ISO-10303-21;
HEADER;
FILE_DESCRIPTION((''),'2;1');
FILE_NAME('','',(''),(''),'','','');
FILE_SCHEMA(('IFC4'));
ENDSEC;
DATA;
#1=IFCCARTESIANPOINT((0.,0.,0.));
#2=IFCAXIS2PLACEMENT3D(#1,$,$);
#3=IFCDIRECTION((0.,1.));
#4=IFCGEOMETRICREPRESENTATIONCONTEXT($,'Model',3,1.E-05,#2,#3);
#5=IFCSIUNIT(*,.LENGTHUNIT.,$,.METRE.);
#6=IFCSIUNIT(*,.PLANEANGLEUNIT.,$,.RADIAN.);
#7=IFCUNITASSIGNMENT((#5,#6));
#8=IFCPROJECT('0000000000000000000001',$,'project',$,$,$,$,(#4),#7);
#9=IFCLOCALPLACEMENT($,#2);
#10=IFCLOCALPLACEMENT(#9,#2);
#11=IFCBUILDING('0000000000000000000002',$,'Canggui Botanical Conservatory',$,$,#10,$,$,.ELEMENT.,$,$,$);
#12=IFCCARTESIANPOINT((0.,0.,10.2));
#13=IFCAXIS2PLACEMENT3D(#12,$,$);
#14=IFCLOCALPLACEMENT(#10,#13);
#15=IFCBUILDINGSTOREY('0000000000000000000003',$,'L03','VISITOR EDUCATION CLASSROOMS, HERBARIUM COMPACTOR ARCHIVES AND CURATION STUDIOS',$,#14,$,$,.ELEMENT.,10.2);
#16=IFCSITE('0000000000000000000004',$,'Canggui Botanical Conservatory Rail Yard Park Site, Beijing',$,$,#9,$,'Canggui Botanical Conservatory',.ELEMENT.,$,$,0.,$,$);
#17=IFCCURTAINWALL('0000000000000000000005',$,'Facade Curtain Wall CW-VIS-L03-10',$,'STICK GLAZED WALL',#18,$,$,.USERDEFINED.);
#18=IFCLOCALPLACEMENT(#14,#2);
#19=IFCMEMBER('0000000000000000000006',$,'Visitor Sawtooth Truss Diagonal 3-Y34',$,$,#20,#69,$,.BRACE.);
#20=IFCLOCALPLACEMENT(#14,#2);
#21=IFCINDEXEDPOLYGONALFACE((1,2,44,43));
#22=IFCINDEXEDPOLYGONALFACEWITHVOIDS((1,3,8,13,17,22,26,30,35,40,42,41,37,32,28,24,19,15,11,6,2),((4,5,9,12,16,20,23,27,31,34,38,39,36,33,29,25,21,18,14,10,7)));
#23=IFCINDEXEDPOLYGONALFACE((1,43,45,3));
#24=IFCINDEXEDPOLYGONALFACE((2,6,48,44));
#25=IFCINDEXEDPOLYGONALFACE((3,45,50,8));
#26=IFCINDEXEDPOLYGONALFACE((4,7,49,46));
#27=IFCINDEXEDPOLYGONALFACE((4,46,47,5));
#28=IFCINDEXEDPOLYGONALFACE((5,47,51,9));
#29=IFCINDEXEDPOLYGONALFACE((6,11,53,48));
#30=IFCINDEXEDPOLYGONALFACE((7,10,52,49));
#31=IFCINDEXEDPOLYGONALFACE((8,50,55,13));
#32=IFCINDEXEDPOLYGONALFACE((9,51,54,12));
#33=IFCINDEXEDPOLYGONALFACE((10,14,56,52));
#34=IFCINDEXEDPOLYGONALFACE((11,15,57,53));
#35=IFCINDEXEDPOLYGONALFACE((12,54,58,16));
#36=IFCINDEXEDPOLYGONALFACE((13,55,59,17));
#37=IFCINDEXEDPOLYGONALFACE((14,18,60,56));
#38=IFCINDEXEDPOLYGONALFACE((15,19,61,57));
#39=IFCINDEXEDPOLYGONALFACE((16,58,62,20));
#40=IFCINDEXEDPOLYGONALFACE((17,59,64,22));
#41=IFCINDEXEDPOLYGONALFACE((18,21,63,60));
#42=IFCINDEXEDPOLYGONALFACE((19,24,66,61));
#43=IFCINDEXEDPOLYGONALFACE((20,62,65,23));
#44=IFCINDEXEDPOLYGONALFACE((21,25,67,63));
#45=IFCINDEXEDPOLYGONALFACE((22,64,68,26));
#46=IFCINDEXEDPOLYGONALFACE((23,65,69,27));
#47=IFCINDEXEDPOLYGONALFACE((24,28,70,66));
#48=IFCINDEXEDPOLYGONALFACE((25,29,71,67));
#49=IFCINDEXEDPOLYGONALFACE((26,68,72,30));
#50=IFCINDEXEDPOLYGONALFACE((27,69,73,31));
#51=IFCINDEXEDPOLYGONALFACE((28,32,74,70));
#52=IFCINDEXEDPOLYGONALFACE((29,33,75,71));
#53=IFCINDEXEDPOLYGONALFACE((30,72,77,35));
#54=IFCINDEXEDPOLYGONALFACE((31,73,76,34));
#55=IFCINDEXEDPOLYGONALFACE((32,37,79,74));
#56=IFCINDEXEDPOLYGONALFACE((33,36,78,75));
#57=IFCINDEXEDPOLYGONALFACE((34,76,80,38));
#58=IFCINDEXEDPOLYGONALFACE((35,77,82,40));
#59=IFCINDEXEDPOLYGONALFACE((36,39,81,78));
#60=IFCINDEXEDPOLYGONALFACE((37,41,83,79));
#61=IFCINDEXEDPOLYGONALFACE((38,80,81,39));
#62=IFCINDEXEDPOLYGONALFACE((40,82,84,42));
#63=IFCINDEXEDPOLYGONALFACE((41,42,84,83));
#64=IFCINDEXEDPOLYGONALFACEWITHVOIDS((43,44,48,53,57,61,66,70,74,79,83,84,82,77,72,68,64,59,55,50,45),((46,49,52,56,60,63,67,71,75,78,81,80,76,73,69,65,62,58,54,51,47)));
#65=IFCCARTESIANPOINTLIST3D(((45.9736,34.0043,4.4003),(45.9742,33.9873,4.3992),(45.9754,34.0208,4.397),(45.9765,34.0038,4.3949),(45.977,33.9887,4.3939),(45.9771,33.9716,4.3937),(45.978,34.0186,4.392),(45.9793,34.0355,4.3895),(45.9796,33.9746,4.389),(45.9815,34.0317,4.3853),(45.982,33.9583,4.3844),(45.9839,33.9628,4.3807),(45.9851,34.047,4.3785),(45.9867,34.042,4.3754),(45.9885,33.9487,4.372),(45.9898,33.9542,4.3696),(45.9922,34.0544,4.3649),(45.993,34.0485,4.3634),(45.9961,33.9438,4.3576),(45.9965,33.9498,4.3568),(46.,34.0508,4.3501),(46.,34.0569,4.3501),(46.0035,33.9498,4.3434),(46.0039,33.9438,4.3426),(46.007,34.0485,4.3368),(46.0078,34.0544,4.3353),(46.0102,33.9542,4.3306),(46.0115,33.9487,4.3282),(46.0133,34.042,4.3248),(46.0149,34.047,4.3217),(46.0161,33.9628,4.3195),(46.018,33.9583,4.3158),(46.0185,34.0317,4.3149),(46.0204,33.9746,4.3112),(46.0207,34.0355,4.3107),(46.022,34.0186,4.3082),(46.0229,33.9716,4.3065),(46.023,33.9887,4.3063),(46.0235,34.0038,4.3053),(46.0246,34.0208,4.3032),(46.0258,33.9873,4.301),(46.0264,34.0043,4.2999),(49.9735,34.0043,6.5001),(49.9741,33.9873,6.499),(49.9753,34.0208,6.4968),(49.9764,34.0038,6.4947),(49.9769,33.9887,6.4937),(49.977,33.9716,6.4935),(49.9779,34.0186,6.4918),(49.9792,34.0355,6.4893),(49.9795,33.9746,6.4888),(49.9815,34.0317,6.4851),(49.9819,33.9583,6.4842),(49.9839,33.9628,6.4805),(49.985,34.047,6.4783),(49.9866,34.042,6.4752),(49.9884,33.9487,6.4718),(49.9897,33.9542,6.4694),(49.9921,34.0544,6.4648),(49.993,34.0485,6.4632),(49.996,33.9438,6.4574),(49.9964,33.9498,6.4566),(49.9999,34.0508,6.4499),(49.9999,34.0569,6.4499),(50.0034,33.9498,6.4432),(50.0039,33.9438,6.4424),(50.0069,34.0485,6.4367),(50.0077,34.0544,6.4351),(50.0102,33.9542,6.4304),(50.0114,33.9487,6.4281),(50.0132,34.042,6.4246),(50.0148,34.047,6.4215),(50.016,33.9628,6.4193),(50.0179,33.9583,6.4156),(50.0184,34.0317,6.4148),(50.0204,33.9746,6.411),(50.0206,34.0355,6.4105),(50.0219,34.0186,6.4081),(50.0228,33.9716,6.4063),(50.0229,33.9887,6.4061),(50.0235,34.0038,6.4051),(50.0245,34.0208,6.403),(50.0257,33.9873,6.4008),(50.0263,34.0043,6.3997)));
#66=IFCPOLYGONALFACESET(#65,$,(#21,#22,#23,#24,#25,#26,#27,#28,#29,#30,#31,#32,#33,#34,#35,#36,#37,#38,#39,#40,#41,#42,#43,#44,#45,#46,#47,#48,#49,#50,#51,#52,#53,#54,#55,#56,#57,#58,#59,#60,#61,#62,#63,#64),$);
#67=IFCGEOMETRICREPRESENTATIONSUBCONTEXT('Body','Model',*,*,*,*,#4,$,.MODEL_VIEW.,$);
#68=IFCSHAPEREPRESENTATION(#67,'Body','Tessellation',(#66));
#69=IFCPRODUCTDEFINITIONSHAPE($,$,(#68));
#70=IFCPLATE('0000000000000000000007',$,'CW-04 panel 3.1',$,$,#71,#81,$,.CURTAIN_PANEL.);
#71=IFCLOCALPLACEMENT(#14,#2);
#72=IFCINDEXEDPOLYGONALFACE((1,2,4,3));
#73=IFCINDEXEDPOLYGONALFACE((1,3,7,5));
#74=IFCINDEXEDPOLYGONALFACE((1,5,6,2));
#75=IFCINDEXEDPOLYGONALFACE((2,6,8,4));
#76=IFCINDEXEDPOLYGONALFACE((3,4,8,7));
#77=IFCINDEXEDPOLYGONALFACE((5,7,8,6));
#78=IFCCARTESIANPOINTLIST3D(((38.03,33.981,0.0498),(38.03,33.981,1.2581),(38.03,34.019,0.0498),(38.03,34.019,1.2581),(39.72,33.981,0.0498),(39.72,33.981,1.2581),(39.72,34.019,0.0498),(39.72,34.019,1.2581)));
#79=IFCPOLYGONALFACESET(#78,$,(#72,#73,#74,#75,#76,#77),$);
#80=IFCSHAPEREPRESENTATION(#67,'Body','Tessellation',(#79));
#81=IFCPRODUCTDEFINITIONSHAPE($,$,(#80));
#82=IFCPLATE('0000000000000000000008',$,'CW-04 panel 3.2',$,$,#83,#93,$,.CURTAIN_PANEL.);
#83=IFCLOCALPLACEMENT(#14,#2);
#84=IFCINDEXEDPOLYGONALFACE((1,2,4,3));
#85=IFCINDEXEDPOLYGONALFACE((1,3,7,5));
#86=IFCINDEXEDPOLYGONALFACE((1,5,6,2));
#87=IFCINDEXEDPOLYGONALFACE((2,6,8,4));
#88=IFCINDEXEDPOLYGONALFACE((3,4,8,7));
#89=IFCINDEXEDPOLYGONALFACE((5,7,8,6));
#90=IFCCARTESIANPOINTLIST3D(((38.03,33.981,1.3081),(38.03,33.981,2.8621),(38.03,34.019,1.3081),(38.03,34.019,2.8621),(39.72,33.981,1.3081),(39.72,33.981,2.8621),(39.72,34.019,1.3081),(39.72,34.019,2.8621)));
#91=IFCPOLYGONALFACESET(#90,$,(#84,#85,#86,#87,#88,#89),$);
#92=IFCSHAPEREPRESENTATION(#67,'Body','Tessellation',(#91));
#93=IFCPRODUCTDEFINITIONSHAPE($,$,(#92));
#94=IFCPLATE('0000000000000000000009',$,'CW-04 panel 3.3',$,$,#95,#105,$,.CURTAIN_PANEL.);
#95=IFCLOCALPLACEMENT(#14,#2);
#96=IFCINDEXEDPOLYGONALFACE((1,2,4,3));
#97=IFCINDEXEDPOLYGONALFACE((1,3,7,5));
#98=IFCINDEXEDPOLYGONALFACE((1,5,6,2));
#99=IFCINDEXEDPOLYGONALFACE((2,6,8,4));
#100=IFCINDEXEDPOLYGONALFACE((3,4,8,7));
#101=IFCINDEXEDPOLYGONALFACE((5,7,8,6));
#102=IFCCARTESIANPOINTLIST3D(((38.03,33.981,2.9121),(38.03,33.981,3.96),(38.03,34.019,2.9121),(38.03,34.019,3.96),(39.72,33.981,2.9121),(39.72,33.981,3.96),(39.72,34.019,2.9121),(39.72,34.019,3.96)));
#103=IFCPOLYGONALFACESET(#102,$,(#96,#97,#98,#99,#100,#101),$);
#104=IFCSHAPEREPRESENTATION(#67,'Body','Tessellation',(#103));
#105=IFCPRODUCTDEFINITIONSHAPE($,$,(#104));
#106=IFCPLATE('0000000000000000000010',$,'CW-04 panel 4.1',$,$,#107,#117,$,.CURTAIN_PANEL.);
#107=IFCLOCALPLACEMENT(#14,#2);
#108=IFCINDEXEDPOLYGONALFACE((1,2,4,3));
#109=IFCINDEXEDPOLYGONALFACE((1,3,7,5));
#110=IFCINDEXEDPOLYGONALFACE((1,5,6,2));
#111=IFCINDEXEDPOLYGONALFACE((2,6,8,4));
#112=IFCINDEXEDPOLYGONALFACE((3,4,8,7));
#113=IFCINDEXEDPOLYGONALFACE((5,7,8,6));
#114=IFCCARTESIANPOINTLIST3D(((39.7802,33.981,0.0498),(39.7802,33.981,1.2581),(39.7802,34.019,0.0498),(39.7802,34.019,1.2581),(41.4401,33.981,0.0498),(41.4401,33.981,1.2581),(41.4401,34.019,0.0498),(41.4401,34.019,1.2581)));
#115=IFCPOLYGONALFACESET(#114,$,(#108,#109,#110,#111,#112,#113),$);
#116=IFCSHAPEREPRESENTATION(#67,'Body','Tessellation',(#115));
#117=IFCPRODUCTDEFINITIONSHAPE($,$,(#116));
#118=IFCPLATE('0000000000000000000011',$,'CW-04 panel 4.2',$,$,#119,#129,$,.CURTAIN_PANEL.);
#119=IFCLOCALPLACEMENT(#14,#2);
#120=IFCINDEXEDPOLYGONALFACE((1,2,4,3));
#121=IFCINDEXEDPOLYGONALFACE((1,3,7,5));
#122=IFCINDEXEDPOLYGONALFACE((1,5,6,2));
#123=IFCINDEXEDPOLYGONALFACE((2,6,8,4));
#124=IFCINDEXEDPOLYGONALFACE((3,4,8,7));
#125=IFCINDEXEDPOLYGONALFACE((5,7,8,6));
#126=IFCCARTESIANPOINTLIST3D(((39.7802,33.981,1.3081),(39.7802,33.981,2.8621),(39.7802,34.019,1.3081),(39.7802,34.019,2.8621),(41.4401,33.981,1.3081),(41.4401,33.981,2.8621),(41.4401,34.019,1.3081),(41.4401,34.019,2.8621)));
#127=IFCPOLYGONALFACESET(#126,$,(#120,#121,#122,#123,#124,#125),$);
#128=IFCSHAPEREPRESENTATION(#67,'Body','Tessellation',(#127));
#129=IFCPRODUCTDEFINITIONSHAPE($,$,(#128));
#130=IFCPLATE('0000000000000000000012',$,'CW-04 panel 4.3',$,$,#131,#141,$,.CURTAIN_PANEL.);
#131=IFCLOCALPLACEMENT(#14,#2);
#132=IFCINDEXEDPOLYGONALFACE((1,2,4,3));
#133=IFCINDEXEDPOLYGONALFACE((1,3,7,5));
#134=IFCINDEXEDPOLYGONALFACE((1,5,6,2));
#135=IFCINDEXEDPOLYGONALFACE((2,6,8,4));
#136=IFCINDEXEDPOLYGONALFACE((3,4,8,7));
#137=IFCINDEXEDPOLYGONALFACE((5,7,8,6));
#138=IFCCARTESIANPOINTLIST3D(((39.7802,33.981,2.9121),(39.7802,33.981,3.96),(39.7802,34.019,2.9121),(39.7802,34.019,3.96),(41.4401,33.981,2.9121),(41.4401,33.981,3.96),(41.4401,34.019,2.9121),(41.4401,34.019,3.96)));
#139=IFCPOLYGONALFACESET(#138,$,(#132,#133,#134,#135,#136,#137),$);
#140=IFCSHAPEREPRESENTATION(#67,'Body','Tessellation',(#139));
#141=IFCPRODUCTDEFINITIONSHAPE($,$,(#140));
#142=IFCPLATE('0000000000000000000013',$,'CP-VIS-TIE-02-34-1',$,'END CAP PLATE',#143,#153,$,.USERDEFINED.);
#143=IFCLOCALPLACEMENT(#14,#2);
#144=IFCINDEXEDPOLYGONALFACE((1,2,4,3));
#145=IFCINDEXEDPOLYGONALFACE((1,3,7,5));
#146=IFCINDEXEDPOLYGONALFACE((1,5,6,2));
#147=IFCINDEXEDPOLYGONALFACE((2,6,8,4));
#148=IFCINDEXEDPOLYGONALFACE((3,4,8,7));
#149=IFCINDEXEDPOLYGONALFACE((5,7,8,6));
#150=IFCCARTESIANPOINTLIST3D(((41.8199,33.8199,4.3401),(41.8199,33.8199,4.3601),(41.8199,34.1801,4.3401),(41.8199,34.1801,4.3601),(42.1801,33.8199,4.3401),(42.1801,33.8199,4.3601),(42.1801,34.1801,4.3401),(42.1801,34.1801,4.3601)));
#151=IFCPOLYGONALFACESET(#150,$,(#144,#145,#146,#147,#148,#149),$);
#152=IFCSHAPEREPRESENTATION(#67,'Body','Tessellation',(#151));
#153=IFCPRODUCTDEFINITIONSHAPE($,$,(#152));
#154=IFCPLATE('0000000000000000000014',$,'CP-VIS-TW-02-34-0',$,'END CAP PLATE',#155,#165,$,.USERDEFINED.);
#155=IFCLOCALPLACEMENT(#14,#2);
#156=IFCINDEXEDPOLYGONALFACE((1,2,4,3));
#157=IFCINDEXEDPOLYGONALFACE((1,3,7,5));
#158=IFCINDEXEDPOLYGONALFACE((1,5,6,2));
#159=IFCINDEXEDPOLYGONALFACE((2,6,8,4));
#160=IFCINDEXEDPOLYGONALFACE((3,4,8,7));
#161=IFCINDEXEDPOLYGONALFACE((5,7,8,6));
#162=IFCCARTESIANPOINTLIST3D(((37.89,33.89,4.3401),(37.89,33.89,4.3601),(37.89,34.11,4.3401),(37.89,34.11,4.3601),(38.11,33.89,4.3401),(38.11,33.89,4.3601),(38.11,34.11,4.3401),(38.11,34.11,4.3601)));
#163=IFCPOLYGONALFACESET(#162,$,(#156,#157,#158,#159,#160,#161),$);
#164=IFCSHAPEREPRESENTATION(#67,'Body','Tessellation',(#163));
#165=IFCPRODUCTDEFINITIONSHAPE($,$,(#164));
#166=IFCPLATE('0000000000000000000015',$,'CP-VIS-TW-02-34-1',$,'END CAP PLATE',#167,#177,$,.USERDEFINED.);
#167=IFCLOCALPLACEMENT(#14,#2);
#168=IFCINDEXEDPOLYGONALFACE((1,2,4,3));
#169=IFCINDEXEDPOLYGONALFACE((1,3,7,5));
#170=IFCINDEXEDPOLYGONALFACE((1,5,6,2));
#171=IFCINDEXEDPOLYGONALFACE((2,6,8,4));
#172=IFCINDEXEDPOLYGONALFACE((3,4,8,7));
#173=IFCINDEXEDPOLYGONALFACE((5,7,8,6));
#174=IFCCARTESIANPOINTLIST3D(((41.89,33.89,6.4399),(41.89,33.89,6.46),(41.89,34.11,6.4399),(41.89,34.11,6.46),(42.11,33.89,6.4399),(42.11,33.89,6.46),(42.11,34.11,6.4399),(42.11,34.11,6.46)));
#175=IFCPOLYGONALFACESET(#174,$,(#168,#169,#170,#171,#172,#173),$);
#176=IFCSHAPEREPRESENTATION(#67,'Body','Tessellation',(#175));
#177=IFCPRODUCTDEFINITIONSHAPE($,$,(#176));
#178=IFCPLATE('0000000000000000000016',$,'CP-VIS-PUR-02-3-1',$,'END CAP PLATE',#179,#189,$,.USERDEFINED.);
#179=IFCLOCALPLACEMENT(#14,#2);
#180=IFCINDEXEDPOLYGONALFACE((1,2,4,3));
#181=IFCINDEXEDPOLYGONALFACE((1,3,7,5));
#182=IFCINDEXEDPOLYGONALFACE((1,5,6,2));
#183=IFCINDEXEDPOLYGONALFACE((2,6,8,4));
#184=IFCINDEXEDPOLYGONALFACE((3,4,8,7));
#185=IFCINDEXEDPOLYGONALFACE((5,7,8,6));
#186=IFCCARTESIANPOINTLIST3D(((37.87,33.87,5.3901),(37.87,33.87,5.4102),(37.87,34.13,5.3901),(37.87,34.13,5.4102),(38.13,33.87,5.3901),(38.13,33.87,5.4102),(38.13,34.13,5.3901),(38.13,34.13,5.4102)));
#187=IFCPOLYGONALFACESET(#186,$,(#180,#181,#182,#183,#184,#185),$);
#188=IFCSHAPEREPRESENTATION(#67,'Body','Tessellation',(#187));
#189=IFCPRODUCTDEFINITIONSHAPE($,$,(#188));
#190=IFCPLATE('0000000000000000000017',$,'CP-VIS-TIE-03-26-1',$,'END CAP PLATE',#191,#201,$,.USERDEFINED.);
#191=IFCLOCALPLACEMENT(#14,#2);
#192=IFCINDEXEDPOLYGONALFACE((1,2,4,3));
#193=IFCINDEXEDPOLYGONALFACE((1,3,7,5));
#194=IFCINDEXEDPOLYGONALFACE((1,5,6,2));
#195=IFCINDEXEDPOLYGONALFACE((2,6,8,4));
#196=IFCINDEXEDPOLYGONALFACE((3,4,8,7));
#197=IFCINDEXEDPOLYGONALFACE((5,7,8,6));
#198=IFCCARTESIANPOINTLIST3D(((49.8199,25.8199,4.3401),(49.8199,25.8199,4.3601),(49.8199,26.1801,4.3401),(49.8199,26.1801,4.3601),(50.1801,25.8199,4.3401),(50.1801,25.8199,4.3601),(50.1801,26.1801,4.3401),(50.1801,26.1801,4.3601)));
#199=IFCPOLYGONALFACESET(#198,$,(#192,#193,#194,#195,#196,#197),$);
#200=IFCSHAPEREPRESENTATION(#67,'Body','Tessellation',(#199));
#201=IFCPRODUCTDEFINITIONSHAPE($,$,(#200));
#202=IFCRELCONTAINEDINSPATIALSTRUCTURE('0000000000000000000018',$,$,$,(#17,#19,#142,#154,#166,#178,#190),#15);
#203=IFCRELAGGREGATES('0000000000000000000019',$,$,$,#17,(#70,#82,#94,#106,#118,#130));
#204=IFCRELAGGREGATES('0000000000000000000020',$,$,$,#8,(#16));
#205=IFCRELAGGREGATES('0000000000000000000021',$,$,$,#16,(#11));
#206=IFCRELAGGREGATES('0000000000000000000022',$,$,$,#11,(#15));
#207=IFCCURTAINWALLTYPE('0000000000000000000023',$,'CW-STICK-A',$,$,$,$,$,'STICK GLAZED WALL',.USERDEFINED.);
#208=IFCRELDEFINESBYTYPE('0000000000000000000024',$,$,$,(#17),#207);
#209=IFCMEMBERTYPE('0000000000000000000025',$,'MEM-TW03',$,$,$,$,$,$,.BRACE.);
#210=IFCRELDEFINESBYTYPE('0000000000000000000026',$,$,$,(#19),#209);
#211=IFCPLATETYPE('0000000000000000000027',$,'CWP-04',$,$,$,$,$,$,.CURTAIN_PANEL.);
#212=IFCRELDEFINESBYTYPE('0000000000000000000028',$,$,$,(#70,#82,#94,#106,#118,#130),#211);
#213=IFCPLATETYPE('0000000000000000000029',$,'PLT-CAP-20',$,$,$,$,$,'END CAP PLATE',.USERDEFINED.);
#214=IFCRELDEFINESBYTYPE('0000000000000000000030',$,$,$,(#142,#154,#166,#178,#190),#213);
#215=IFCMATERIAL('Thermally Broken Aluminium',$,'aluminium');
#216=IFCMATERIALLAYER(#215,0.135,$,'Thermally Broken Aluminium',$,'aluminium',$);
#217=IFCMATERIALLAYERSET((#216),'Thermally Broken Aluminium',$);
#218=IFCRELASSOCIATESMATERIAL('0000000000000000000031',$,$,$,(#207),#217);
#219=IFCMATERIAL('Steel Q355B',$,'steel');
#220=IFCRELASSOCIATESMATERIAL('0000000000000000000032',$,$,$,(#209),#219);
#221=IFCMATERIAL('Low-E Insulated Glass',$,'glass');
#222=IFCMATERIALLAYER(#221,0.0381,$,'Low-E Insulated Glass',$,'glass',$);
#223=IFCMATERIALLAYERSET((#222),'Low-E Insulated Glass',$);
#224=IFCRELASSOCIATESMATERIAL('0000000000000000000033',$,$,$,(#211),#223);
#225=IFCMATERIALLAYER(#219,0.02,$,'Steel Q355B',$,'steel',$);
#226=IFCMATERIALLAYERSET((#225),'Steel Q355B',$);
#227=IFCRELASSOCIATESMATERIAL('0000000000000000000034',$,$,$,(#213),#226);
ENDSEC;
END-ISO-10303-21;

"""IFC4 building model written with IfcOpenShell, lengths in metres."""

from ifc_helpers import new_model, si_unit, direction, frame, origin, origin_2d, place, context, subcontext, project, spatial, rectangle, hollow_circle, extrude, material, layer, layer_set, material_profile, profile_set, type_object, element, aggregate, save


model = new_model("IFC4")

# Units and contexts
model_context = context("Model", 3, precision=1e-05, world=origin(), true_north=direction((0.0, 1.0)))
body_context = subcontext(model_context, "Body", "Model", "MODEL_VIEW")
ifc_project = project(units=[si_unit("LENGTHUNIT", "METRE"), si_unit("PLANEANGLEUNIT", "RADIAN")], contexts=[model_context])

# Site, building, storey
site_placement = place(None, origin())
site = spatial("IfcSite", under=ifc_project, at=site_placement, Name="Canggui Botanical Conservatory Rail Yard Park Site, Beijing", LongName="Canggui Botanical Conservatory", CompositionType="ELEMENT", RefElevation=0.0)
building_placement = place(site_placement, origin())
building = spatial("IfcBuilding", under=site, at=building_placement, Name="Canggui Botanical Conservatory", CompositionType="ELEMENT")
storey_placement = place(building_placement, frame((0.0, 0.0, 10.2)))
storey = spatial("IfcBuildingStorey", under=building, at=storey_placement, Name="L03", Description="VISITOR EDUCATION CLASSROOMS, HERBARIUM COMPACTOR ARCHIVES AND CURATION STUDIOS", CompositionType="ELEMENT", Elevation=10.2)

# Shared definitions
ifc_material_1 = material(Name="Steel Q355B", Category="steel")

# Curtain wall
ifc_material_2 = material(Name="Thermally Broken Aluminium", Category="aluminium")
ifc_layer_1 = layer(ifc_material_2, 0.135, Name="Thermally Broken Aluminium", Category="aluminium")
ifc_layer_set_1 = layer_set([ifc_layer_1], Name="Thermally Broken Aluminium")
curtain_wall_type = type_object("IfcCurtainWallType", Name="CW-STICK-A", ElementType="STICK GLAZED WALL", PredefinedType="USERDEFINED", material=ifc_layer_set_1)
curtain_wall_placement = place(storey_placement, origin())
curtain_wall = element("IfcCurtainWall", 1, at=curtain_wall_placement, inside=storey, type_object=curtain_wall_type, Name="Facade Curtain Wall CW-VIS-L03-10", ObjectType="STICK GLAZED WALL", PredefinedType="USERDEFINED")

# Member
ifc_material_profile_1 = material_profile(ifc_material_1, hollow_circle(Radius=0.0569, WallThickness=0.0061, at=origin_2d()), Name="CHS 114x6")
ifc_profile_set_1 = profile_set([ifc_material_profile_1], Name="Steel Q355B")
member_type_1 = type_object("IfcMemberType", Name="MEM-TW03", PredefinedType="BRACE", material=ifc_profile_set_1)
for number, where, z_axis, x_axis, name in (
    (2, (46.0, 34.0, 4.3501), (0.885411, 0.0, 0.464808), (0.0, 1.0, 0.0), "Visitor Sawtooth Truss Diagonal 3-Y34"),
):
    element("IfcMember", number, at=place(storey_placement, frame(where, z_axis=z_axis, x_axis=x_axis)), inside=storey, type_object=member_type_1, Name=name, PredefinedType="BRACE", context=body_context, shape_type="SweptSolid", body=[
        extrude(hollow_circle(Radius=0.0569, WallThickness=0.0061, at=origin_2d()), origin(), (0.0, 0.0, 1.0), 4.5176),
    ])

# Plates
ifc_material_3 = material(Name="Low-E Insulated Glass", Category="glass")
ifc_layer_2 = layer(ifc_material_3, 0.0381, Name="Low-E Insulated Glass", Category="glass")
ifc_layer_set_2 = layer_set([ifc_layer_2], Name="Low-E Insulated Glass")
plate_type_1 = type_object("IfcPlateType", Name="CWP-04", PredefinedType="CURTAIN_PANEL", material=ifc_layer_set_2)
plate_1_placement = place(storey_placement, frame((38.875, 34.0, 0.0498), z_axis=(0.0, 0.0, 1.0), x_axis=(1.0, 0.0, 0.0)))
plate_1 = element("IfcPlate", 3, at=plate_1_placement, type_object=plate_type_1, Name="CW-04 panel 3.1", PredefinedType="CURTAIN_PANEL", context=body_context, shape_type="SweptSolid", body=[
    extrude(rectangle(XDim=1.6899, YDim=0.0381, at=origin_2d()), origin(), (0.0, 0.0, 1.0), 1.2083),
])
plate_2_placement = place(storey_placement, frame((38.875, 34.0, 1.3081), z_axis=(0.0, 0.0, 1.0), x_axis=(1.0, 0.0, 0.0)))
plate_2 = element("IfcPlate", 4, at=plate_2_placement, type_object=plate_type_1, Name="CW-04 panel 3.2", PredefinedType="CURTAIN_PANEL", context=body_context, shape_type="SweptSolid", body=[
    extrude(rectangle(XDim=1.6899, YDim=0.0381, at=origin_2d()), origin(), (0.0, 0.0, 1.0), 1.554),
])
plate_3_placement = place(storey_placement, frame((38.875, 34.0, 2.9121), z_axis=(0.0, 0.0, 1.0), x_axis=(1.0, 0.0, 0.0)))
plate_3 = element("IfcPlate", 5, at=plate_3_placement, type_object=plate_type_1, Name="CW-04 panel 3.3", PredefinedType="CURTAIN_PANEL", context=body_context, shape_type="SweptSolid", body=[
    extrude(rectangle(XDim=1.6899, YDim=0.0381, at=origin_2d()), origin(), (0.0, 0.0, 1.0), 1.0479),
])
plate_4_placement = place(storey_placement, frame((40.6101, 34.0, 0.0498), z_axis=(0.0, 0.0, 1.0), x_axis=(1.0, 0.0, 0.0)))
plate_4 = element("IfcPlate", 6, at=plate_4_placement, type_object=plate_type_1, Name="CW-04 panel 4.1", PredefinedType="CURTAIN_PANEL", context=body_context, shape_type="SweptSolid", body=[
    extrude(rectangle(XDim=1.6599, YDim=0.0381, at=origin_2d()), origin(), (0.0, 0.0, 1.0), 1.2083),
])
plate_5_placement = place(storey_placement, frame((40.6101, 34.0, 1.3081), z_axis=(0.0, 0.0, 1.0), x_axis=(1.0, 0.0, 0.0)))
plate_5 = element("IfcPlate", 7, at=plate_5_placement, type_object=plate_type_1, Name="CW-04 panel 4.2", PredefinedType="CURTAIN_PANEL", context=body_context, shape_type="SweptSolid", body=[
    extrude(rectangle(XDim=1.6599, YDim=0.0381, at=origin_2d()), origin(), (0.0, 0.0, 1.0), 1.554),
])
plate_6_placement = place(storey_placement, frame((40.6101, 34.0, 2.9121), z_axis=(0.0, 0.0, 1.0), x_axis=(1.0, 0.0, 0.0)))
plate_6 = element("IfcPlate", 8, at=plate_6_placement, type_object=plate_type_1, Name="CW-04 panel 4.3", PredefinedType="CURTAIN_PANEL", context=body_context, shape_type="SweptSolid", body=[
    extrude(rectangle(XDim=1.6599, YDim=0.0381, at=origin_2d()), origin(), (0.0, 0.0, 1.0), 1.0479),
])
aggregate(curtain_wall, [plate_1, plate_2, plate_3, plate_4, plate_5, plate_6])

# Plates
ifc_layer_3 = layer(ifc_material_1, 0.02, Name="Steel Q355B", Category="steel")
ifc_layer_set_3 = layer_set([ifc_layer_3], Name="Steel Q355B")
plate_type_2 = type_object("IfcPlateType", Name="PLT-CAP-20", ElementType="END CAP PLATE", PredefinedType="USERDEFINED", material=ifc_layer_set_3)
plate_7_placement = place(storey_placement, frame((42.0, 34.0, 4.3401), z_axis=(0.0, 0.0, 1.0), x_axis=(1.0, 0.0, 0.0)))
element("IfcPlate", 9, at=plate_7_placement, inside=storey, type_object=plate_type_2, Name="CP-VIS-TIE-02-34-1", ObjectType="END CAP PLATE", PredefinedType="USERDEFINED", context=body_context, shape_type="SweptSolid", body=[
    extrude(rectangle(XDim=0.3601, YDim=0.3601, at=origin_2d()), origin(), (0.0, 0.0, 1.0), 0.02),
])
for number, where, z_axis, x_axis, name in (
    (10, (38.0, 34.0, 4.3401), (0.0, 0.0, 1.0), (1.0, 0.0, 0.0), "CP-VIS-TW-02-34-0"),
    (11, (42.0, 34.0, 6.4399), (0.0, 0.0, 1.0), (1.0, 0.0, 0.0), "CP-VIS-TW-02-34-1"),
):
    element("IfcPlate", number, at=place(storey_placement, frame(where, z_axis=z_axis, x_axis=x_axis)), inside=storey, type_object=plate_type_2, Name=name, ObjectType="END CAP PLATE", PredefinedType="USERDEFINED", context=body_context, shape_type="SweptSolid", body=[
        extrude(rectangle(XDim=0.22, YDim=0.22, at=origin_2d()), origin(), (0.0, 0.0, 1.0), 0.02),
    ])
plate_8_placement = place(storey_placement, frame((38.0, 34.0, 5.3901), z_axis=(0.0, 0.0, 1.0), x_axis=(1.0, 0.0, 0.0)))
element("IfcPlate", 12, at=plate_8_placement, inside=storey, type_object=plate_type_2, Name="CP-VIS-PUR-02-3-1", ObjectType="END CAP PLATE", PredefinedType="USERDEFINED", context=body_context, shape_type="SweptSolid", body=[
    extrude(rectangle(XDim=0.26, YDim=0.26, at=origin_2d()), origin(), (0.0, 0.0, 1.0), 0.02),
])
plate_9_placement = place(storey_placement, frame((50.0, 26.0, 4.3401), z_axis=(0.0, 0.0, 1.0), x_axis=(1.0, 0.0, 0.0)))
element("IfcPlate", 13, at=plate_9_placement, inside=storey, type_object=plate_type_2, Name="CP-VIS-TIE-03-26-1", ObjectType="END CAP PLATE", PredefinedType="USERDEFINED", context=body_context, shape_type="SweptSolid", body=[
    extrude(rectangle(XDim=0.3601, YDim=0.3601, at=origin_2d()), origin(), (0.0, 0.0, 1.0), 0.02),
])

save(model, "model.ifc")
